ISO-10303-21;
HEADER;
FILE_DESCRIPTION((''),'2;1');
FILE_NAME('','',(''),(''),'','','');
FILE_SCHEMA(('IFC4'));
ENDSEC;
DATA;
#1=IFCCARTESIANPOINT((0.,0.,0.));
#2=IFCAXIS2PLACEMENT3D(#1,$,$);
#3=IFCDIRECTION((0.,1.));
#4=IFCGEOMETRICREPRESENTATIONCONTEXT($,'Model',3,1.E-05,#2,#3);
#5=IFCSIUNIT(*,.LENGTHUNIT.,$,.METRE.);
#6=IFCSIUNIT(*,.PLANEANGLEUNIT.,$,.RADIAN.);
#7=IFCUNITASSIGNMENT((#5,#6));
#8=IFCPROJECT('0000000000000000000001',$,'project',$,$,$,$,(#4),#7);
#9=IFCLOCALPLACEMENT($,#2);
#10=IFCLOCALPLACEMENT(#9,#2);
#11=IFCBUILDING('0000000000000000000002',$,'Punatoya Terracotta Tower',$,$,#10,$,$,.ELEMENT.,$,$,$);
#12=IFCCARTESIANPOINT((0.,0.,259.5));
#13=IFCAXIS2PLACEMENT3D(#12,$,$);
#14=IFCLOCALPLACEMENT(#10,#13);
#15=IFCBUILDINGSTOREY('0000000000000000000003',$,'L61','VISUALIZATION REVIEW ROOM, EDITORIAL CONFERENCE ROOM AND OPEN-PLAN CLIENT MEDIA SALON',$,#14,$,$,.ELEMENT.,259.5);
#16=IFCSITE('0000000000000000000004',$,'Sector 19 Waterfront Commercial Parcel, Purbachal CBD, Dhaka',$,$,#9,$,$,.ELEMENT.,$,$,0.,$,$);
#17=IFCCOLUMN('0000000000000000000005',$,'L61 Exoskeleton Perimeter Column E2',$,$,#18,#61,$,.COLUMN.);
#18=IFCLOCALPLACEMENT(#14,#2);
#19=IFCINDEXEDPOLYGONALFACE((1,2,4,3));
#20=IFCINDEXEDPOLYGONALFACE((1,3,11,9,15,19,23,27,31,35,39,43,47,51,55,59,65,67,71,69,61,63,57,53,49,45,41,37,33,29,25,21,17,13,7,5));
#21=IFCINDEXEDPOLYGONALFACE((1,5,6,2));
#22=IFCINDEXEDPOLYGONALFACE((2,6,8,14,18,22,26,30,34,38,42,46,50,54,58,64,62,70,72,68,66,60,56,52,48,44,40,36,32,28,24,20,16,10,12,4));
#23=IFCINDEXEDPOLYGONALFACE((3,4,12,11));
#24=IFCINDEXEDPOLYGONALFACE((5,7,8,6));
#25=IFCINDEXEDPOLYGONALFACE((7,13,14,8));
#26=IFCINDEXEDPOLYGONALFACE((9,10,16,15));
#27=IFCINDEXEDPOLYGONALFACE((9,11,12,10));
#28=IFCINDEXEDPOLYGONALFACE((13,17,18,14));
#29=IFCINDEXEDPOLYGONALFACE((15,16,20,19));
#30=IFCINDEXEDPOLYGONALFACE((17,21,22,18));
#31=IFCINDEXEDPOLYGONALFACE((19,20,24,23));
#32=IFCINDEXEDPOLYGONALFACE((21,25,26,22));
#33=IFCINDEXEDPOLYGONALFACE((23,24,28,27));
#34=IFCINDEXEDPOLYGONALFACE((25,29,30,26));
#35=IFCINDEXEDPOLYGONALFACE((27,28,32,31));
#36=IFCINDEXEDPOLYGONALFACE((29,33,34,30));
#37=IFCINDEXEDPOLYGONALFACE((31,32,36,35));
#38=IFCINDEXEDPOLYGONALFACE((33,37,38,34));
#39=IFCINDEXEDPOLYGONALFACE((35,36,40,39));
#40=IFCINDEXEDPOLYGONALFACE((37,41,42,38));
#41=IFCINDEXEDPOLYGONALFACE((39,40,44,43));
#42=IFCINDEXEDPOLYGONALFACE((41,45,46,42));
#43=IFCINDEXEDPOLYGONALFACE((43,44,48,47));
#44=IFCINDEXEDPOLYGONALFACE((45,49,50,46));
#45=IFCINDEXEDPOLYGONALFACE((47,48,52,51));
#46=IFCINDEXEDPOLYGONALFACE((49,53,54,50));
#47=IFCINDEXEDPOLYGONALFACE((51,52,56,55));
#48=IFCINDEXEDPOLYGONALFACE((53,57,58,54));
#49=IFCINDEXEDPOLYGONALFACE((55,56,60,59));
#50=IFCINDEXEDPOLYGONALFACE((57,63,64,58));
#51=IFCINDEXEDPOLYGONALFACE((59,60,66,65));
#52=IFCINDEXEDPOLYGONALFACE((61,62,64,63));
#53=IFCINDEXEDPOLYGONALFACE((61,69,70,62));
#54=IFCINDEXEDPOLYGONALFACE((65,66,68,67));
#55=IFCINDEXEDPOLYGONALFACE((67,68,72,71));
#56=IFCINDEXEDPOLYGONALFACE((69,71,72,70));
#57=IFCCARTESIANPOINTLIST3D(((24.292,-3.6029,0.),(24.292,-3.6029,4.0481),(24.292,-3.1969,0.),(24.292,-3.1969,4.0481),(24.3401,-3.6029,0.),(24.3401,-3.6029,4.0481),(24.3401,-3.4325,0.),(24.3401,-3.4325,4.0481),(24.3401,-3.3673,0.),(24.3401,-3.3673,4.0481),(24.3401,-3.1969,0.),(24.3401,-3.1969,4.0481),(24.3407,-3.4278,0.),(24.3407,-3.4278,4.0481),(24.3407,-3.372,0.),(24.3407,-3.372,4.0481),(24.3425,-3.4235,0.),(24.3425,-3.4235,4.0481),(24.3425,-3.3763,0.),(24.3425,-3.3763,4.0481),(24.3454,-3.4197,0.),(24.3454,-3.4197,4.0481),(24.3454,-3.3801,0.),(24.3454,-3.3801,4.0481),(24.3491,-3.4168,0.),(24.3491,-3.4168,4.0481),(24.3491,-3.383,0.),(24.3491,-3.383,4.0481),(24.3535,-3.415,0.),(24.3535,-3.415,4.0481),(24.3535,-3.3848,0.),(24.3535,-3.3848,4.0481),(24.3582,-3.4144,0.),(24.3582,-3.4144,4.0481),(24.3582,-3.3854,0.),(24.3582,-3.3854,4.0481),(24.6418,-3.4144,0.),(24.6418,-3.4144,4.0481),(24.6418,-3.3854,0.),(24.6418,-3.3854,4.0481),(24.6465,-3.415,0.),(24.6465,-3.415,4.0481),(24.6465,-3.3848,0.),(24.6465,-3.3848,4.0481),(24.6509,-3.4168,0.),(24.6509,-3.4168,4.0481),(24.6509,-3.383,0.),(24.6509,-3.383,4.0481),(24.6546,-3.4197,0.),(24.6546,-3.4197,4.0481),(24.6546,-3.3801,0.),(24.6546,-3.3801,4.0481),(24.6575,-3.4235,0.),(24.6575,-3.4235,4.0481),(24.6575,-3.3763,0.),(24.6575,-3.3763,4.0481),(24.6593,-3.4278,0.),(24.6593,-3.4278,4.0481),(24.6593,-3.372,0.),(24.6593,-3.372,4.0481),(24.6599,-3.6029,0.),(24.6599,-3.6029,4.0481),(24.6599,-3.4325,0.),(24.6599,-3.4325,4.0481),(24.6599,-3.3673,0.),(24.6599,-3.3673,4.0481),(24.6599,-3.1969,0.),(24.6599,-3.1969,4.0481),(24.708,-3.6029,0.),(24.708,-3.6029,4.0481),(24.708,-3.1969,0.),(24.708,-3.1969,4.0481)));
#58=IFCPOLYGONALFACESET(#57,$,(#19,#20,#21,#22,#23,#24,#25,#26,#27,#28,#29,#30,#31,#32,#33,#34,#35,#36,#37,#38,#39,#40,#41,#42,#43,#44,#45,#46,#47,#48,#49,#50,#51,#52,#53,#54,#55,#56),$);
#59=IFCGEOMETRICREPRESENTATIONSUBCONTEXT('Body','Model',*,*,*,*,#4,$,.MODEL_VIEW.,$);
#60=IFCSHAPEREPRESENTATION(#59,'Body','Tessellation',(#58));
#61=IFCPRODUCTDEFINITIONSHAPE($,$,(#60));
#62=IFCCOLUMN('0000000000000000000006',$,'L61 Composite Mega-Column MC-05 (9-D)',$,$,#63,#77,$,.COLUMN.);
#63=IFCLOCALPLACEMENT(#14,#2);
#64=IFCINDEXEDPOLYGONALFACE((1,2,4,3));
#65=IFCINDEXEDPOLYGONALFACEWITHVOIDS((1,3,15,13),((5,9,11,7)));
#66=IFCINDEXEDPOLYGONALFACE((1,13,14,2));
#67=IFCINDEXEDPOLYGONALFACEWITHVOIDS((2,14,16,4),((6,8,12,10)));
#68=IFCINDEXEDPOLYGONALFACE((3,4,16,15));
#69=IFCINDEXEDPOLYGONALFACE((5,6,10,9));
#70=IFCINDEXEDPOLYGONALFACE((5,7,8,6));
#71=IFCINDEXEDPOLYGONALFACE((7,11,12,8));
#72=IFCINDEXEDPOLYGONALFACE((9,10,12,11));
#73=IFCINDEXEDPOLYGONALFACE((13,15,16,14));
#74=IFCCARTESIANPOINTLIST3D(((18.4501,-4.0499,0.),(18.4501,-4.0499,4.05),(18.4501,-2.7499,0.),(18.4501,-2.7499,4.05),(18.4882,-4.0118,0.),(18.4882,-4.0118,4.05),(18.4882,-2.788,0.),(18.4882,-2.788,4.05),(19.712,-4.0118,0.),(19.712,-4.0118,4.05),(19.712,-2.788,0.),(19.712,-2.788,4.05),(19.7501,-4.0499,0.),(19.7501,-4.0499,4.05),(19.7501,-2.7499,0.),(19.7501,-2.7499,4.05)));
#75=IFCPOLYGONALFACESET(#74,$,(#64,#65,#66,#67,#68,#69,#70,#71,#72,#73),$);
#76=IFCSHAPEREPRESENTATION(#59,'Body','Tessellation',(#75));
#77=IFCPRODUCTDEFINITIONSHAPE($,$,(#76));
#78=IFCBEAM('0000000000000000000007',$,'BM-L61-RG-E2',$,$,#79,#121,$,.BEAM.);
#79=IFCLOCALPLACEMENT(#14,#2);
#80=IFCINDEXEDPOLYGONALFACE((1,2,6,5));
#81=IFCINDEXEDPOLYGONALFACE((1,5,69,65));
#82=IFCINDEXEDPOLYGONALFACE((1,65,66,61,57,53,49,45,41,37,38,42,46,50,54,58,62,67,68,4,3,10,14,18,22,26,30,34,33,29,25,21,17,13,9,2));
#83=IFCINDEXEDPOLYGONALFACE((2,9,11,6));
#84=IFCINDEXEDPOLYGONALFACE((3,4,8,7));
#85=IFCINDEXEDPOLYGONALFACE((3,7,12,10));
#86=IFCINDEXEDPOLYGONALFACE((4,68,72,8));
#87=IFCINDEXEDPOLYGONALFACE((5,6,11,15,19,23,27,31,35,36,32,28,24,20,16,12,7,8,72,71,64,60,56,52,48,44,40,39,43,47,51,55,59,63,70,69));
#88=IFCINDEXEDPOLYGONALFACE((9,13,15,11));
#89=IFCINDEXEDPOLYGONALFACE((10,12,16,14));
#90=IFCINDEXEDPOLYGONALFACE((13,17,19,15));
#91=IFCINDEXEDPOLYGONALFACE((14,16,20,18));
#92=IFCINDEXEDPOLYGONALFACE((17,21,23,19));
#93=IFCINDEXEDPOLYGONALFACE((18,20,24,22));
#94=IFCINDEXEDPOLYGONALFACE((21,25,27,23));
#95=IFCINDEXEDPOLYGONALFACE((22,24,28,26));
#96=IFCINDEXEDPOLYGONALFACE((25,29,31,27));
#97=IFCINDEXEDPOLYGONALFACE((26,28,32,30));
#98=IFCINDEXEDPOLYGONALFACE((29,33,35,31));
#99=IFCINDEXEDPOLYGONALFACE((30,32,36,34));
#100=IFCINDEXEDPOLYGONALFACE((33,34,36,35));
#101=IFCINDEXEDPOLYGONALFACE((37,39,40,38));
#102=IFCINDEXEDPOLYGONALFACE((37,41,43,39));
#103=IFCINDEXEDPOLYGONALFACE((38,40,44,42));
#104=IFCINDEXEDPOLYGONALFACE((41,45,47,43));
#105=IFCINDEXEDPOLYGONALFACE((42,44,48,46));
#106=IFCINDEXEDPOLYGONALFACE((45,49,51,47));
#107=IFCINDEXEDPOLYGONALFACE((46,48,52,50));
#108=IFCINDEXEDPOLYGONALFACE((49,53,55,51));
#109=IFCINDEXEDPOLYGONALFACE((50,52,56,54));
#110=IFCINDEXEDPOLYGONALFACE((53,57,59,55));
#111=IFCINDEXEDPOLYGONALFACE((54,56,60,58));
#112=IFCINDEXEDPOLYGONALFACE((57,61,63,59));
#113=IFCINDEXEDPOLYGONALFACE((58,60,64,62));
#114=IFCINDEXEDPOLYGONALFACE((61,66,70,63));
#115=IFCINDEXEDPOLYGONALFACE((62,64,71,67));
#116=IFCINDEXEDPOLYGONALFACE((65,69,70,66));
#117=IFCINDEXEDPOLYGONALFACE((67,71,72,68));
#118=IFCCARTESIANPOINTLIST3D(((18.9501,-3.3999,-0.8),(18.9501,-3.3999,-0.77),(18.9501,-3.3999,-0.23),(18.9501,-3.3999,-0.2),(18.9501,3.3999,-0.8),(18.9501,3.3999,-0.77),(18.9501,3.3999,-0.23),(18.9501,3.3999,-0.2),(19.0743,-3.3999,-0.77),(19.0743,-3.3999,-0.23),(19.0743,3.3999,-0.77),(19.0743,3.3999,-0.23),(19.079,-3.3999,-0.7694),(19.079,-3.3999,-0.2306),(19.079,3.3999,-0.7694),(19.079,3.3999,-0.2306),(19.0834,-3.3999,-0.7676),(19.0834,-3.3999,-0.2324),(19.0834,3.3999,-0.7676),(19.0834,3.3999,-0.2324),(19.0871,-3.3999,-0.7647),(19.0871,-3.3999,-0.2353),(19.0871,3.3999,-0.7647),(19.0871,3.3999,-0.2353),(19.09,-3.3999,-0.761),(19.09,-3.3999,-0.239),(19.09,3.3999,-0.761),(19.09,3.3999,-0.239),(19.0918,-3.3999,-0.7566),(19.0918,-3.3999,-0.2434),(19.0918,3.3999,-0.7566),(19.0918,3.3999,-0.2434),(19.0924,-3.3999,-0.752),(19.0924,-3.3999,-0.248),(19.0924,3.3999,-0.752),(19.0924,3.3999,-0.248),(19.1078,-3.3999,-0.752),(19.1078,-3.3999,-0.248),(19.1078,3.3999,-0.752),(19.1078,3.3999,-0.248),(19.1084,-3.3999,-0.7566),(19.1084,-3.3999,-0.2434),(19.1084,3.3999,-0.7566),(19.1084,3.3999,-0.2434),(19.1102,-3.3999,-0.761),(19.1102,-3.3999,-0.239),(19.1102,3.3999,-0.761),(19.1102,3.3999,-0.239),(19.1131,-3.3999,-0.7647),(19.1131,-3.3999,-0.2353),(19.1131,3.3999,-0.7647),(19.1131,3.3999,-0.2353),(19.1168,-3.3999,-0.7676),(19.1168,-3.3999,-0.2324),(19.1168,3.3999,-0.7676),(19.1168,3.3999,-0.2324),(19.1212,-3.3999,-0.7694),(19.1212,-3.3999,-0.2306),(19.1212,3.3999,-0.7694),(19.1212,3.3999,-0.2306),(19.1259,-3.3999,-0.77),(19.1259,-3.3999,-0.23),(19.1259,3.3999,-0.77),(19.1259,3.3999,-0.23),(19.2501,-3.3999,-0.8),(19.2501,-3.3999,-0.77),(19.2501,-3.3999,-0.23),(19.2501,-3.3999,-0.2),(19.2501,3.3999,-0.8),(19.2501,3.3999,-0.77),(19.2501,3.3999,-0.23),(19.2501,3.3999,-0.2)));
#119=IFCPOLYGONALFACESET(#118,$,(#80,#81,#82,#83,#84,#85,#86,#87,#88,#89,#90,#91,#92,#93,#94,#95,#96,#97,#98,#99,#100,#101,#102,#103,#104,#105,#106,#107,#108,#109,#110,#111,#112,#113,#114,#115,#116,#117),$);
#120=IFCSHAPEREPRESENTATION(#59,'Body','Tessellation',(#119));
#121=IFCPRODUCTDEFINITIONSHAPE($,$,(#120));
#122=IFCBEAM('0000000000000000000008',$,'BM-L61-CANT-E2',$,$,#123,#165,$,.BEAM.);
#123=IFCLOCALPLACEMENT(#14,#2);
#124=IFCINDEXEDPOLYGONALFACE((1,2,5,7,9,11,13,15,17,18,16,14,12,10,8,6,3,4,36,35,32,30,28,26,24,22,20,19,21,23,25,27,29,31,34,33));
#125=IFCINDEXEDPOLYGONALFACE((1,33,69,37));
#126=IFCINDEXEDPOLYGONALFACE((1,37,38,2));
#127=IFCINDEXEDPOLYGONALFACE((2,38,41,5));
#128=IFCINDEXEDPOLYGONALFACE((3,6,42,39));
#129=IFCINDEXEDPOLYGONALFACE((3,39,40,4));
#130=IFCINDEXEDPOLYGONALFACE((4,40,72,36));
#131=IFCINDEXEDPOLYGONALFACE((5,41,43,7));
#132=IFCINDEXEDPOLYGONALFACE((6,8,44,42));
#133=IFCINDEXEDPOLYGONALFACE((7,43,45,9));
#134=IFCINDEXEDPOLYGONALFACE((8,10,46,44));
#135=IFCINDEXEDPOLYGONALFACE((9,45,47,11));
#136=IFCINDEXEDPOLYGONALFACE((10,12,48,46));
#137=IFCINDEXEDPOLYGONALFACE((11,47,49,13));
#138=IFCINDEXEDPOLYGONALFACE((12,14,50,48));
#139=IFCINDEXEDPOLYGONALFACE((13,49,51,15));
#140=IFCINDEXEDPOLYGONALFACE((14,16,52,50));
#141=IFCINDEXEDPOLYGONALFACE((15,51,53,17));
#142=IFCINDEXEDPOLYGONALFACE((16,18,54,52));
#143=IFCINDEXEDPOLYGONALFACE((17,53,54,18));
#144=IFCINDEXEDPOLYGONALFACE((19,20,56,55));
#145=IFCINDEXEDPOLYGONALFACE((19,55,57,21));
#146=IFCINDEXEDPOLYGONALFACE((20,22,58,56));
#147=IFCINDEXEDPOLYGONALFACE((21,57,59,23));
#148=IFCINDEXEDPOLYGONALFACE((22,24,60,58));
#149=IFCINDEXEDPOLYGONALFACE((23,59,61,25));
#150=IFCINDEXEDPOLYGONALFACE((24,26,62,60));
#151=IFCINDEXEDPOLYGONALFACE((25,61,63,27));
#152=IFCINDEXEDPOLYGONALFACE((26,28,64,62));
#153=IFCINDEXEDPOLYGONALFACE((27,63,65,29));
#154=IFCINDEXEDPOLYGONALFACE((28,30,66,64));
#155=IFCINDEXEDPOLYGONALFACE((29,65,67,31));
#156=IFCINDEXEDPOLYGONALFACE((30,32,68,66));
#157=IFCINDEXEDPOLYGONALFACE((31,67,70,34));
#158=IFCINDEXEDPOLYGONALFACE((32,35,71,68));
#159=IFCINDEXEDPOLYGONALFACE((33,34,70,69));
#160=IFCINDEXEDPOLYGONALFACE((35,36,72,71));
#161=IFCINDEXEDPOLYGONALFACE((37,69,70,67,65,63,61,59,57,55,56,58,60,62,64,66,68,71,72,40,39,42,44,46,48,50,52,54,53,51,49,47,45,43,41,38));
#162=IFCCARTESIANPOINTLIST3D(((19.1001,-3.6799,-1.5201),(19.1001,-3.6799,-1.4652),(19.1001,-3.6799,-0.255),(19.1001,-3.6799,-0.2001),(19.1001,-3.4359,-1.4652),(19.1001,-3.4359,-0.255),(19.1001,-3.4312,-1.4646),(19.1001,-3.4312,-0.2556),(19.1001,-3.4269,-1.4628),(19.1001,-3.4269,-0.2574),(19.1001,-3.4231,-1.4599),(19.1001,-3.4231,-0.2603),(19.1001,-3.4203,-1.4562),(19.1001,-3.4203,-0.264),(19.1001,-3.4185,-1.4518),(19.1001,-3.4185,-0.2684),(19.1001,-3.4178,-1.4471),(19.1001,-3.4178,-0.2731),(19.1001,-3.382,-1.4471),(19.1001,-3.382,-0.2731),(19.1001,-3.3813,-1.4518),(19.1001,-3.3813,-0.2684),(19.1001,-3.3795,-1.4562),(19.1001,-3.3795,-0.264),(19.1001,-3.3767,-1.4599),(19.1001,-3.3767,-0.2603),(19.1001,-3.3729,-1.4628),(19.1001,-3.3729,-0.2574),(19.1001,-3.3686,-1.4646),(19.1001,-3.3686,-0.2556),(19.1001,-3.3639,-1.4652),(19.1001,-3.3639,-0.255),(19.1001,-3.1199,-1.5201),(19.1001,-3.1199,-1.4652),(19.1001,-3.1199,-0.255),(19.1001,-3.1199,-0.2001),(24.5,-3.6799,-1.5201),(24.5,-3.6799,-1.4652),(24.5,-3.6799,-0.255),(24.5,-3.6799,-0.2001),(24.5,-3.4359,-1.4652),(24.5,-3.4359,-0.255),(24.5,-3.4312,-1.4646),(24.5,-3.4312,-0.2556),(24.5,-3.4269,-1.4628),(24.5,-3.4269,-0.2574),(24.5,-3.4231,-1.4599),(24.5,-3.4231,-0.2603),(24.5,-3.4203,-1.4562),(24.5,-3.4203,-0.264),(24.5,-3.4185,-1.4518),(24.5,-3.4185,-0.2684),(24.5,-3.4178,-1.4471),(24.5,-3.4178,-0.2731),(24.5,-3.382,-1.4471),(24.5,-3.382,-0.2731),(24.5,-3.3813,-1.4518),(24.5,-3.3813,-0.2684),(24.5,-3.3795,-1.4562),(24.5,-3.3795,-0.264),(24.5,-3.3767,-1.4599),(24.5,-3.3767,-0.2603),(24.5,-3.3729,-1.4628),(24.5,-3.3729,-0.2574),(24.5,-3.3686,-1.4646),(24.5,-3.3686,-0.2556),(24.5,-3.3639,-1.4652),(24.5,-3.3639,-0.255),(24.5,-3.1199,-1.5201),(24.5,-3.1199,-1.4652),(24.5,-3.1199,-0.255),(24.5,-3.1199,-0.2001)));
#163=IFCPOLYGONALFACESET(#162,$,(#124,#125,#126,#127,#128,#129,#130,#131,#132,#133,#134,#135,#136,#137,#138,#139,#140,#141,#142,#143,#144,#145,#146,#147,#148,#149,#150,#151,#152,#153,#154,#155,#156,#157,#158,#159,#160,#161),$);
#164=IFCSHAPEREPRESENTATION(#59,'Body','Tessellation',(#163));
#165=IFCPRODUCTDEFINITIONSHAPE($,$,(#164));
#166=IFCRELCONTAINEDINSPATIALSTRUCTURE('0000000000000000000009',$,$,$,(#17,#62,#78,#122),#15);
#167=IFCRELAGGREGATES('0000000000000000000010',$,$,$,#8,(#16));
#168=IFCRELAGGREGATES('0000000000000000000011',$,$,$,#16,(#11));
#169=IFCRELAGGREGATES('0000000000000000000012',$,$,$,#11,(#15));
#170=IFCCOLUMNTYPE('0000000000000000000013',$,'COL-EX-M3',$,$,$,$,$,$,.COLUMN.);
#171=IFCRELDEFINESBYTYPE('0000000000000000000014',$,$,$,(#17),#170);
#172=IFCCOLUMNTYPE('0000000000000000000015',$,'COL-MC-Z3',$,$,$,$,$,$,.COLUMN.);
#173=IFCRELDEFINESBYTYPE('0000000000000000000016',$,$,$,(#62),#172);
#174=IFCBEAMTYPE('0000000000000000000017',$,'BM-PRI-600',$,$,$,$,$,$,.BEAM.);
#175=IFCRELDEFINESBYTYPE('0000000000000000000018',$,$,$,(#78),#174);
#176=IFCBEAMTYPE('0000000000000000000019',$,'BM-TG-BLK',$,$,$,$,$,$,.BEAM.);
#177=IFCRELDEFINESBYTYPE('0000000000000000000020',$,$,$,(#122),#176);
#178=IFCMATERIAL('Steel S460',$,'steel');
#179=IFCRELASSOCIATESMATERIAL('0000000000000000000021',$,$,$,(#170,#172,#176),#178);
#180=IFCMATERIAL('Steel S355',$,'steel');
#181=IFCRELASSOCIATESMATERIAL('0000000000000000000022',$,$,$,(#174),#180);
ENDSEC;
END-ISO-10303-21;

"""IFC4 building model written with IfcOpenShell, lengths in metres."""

from ifc_helpers import new_model, si_unit, direction, frame, origin, origin_2d, place, context, subcontext, project, spatial, hollow_rectangle, i_section, extrude, material, material_profile, profile_set, type_object, element, save


model = new_model("IFC4")

# Units and contexts
model_context = context("Model", 3, precision=1e-05, world=origin(), true_north=direction((0.0, 1.0)))
body_context = subcontext(model_context, "Body", "Model", "MODEL_VIEW")
ifc_project = project(units=[si_unit("LENGTHUNIT", "METRE"), si_unit("PLANEANGLEUNIT", "RADIAN")], contexts=[model_context])

# Site, building, storey
site_placement = place(None, origin())
site = spatial("IfcSite", under=ifc_project, at=site_placement, Name="Sector 19 Waterfront Commercial Parcel, Purbachal CBD, Dhaka", CompositionType="ELEMENT", RefElevation=0.0)
building_placement = place(site_placement, origin())
building = spatial("IfcBuilding", under=site, at=building_placement, Name="Punatoya Terracotta Tower", CompositionType="ELEMENT")
storey_placement = place(building_placement, frame((0.0, 0.0, 259.5)))
storey = spatial("IfcBuildingStorey", under=building, at=storey_placement, Name="L61", Description="VISUALIZATION REVIEW ROOM, EDITORIAL CONFERENCE ROOM AND OPEN-PLAN CLIENT MEDIA SALON", CompositionType="ELEMENT", Elevation=259.5)

# Columns
ifc_material_1 = material(Name="Steel S460", Category="steel")
ifc_material_profile_1 = material_profile(ifc_material_1, i_section(OverallWidth=0.406, OverallDepth=0.416, WebThickness=0.0291, FlangeThickness=0.0481, FilletRadius=0.0181, at=origin_2d()))
ifc_profile_set_1 = profile_set([ifc_material_profile_1], Name="Steel S460")
column_type_1 = type_object("IfcColumnType", Name="COL-EX-M3", PredefinedType="COLUMN", material=ifc_profile_set_1)
column_1_placement = place(storey_placement, frame((24.5, -3.3999, 0.0), z_axis=(0.0, 0.0, 1.0), x_axis=(0.0, 1.0, 0.0)))
element("IfcColumn", 1, at=column_1_placement, inside=storey, type_object=column_type_1, Name="L61 Exoskeleton Perimeter Column E2", PredefinedType="COLUMN", context=body_context, shape_type="SweptSolid", body=[
    extrude(i_section(OverallWidth=0.406, OverallDepth=0.416, WebThickness=0.0291, FlangeThickness=0.0481, FilletRadius=0.0181, at=origin_2d()), origin(), (0.0, 0.0, 1.0), 4.0481),
])
ifc_material_profile_2 = material_profile(ifc_material_1, hollow_rectangle(XDim=1.3, YDim=1.3, WallThickness=0.0381, at=origin_2d()))
ifc_profile_set_2 = profile_set([ifc_material_profile_2], Name="Steel S460")
column_type_2 = type_object("IfcColumnType", Name="COL-MC-Z3", PredefinedType="COLUMN", material=ifc_profile_set_2)
column_2_placement = place(storey_placement, frame((19.1001, -3.3999, 0.0), z_axis=(0.0, 0.0, 1.0), x_axis=(1.0, 0.0, 0.0)))
element("IfcColumn", 2, at=column_2_placement, inside=storey, type_object=column_type_2, Name="L61 Composite Mega-Column MC-05 (9-D)", PredefinedType="COLUMN", context=body_context, shape_type="SweptSolid", body=[
    extrude(hollow_rectangle(XDim=1.3, YDim=1.3, WallThickness=0.0381, at=origin_2d()), origin(), (0.0, 0.0, 1.0), 4.05),
])

# Beams
ifc_material_2 = material(Name="Steel S355", Category="steel")
ifc_material_profile_3 = material_profile(ifc_material_2, i_section(OverallWidth=0.3, OverallDepth=0.6001, WebThickness=0.0154, FlangeThickness=0.03, FilletRadius=0.0181, at=origin_2d()))
ifc_profile_set_3 = profile_set([ifc_material_profile_3], Name="Steel S355")
beam_type_1 = type_object("IfcBeamType", Name="BM-PRI-600", PredefinedType="BEAM", material=ifc_profile_set_3)
beam_1_placement = place(storey_placement, frame((19.1001, -3.3999, -0.5), z_axis=(0.0, 1.0, 0.0), x_axis=(-1.0, 0.0, 0.0)))
element("IfcBeam", 3, at=beam_1_placement, inside=storey, type_object=beam_type_1, Name="BM-L61-RG-E2", PredefinedType="BEAM", context=body_context, shape_type="SweptSolid", body=[
    extrude(i_section(OverallWidth=0.3, OverallDepth=0.6001, WebThickness=0.0154, FlangeThickness=0.03, FilletRadius=0.0181, at=origin_2d()), origin(), (0.0, 0.0, 1.0), 6.7998),
])
ifc_material_profile_4 = material_profile(ifc_material_1, i_section(OverallWidth=0.5601, OverallDepth=1.3201, WebThickness=0.0359, FlangeThickness=0.0549, FilletRadius=0.0181, at=origin_2d()))
ifc_profile_set_4 = profile_set([ifc_material_profile_4], Name="Steel S460")
beam_type_2 = type_object("IfcBeamType", Name="BM-TG-BLK", PredefinedType="BEAM", material=ifc_profile_set_4)
beam_2_placement = place(storey_placement, frame((19.1001, -3.3999, -0.8601), z_axis=(1.0, 0.0, 0.0), x_axis=(0.0, 1.0, 0.0)))
element("IfcBeam", 4, at=beam_2_placement, inside=storey, type_object=beam_type_2, Name="BM-L61-CANT-E2", PredefinedType="BEAM", context=body_context, shape_type="SweptSolid", body=[
    extrude(i_section(OverallWidth=0.5601, OverallDepth=1.3201, WebThickness=0.0359, FlangeThickness=0.0549, FilletRadius=0.0181, at=origin_2d()), origin(), (0.0, 0.0, 1.0), 5.3999),
])

save(model, "model.ifc")
